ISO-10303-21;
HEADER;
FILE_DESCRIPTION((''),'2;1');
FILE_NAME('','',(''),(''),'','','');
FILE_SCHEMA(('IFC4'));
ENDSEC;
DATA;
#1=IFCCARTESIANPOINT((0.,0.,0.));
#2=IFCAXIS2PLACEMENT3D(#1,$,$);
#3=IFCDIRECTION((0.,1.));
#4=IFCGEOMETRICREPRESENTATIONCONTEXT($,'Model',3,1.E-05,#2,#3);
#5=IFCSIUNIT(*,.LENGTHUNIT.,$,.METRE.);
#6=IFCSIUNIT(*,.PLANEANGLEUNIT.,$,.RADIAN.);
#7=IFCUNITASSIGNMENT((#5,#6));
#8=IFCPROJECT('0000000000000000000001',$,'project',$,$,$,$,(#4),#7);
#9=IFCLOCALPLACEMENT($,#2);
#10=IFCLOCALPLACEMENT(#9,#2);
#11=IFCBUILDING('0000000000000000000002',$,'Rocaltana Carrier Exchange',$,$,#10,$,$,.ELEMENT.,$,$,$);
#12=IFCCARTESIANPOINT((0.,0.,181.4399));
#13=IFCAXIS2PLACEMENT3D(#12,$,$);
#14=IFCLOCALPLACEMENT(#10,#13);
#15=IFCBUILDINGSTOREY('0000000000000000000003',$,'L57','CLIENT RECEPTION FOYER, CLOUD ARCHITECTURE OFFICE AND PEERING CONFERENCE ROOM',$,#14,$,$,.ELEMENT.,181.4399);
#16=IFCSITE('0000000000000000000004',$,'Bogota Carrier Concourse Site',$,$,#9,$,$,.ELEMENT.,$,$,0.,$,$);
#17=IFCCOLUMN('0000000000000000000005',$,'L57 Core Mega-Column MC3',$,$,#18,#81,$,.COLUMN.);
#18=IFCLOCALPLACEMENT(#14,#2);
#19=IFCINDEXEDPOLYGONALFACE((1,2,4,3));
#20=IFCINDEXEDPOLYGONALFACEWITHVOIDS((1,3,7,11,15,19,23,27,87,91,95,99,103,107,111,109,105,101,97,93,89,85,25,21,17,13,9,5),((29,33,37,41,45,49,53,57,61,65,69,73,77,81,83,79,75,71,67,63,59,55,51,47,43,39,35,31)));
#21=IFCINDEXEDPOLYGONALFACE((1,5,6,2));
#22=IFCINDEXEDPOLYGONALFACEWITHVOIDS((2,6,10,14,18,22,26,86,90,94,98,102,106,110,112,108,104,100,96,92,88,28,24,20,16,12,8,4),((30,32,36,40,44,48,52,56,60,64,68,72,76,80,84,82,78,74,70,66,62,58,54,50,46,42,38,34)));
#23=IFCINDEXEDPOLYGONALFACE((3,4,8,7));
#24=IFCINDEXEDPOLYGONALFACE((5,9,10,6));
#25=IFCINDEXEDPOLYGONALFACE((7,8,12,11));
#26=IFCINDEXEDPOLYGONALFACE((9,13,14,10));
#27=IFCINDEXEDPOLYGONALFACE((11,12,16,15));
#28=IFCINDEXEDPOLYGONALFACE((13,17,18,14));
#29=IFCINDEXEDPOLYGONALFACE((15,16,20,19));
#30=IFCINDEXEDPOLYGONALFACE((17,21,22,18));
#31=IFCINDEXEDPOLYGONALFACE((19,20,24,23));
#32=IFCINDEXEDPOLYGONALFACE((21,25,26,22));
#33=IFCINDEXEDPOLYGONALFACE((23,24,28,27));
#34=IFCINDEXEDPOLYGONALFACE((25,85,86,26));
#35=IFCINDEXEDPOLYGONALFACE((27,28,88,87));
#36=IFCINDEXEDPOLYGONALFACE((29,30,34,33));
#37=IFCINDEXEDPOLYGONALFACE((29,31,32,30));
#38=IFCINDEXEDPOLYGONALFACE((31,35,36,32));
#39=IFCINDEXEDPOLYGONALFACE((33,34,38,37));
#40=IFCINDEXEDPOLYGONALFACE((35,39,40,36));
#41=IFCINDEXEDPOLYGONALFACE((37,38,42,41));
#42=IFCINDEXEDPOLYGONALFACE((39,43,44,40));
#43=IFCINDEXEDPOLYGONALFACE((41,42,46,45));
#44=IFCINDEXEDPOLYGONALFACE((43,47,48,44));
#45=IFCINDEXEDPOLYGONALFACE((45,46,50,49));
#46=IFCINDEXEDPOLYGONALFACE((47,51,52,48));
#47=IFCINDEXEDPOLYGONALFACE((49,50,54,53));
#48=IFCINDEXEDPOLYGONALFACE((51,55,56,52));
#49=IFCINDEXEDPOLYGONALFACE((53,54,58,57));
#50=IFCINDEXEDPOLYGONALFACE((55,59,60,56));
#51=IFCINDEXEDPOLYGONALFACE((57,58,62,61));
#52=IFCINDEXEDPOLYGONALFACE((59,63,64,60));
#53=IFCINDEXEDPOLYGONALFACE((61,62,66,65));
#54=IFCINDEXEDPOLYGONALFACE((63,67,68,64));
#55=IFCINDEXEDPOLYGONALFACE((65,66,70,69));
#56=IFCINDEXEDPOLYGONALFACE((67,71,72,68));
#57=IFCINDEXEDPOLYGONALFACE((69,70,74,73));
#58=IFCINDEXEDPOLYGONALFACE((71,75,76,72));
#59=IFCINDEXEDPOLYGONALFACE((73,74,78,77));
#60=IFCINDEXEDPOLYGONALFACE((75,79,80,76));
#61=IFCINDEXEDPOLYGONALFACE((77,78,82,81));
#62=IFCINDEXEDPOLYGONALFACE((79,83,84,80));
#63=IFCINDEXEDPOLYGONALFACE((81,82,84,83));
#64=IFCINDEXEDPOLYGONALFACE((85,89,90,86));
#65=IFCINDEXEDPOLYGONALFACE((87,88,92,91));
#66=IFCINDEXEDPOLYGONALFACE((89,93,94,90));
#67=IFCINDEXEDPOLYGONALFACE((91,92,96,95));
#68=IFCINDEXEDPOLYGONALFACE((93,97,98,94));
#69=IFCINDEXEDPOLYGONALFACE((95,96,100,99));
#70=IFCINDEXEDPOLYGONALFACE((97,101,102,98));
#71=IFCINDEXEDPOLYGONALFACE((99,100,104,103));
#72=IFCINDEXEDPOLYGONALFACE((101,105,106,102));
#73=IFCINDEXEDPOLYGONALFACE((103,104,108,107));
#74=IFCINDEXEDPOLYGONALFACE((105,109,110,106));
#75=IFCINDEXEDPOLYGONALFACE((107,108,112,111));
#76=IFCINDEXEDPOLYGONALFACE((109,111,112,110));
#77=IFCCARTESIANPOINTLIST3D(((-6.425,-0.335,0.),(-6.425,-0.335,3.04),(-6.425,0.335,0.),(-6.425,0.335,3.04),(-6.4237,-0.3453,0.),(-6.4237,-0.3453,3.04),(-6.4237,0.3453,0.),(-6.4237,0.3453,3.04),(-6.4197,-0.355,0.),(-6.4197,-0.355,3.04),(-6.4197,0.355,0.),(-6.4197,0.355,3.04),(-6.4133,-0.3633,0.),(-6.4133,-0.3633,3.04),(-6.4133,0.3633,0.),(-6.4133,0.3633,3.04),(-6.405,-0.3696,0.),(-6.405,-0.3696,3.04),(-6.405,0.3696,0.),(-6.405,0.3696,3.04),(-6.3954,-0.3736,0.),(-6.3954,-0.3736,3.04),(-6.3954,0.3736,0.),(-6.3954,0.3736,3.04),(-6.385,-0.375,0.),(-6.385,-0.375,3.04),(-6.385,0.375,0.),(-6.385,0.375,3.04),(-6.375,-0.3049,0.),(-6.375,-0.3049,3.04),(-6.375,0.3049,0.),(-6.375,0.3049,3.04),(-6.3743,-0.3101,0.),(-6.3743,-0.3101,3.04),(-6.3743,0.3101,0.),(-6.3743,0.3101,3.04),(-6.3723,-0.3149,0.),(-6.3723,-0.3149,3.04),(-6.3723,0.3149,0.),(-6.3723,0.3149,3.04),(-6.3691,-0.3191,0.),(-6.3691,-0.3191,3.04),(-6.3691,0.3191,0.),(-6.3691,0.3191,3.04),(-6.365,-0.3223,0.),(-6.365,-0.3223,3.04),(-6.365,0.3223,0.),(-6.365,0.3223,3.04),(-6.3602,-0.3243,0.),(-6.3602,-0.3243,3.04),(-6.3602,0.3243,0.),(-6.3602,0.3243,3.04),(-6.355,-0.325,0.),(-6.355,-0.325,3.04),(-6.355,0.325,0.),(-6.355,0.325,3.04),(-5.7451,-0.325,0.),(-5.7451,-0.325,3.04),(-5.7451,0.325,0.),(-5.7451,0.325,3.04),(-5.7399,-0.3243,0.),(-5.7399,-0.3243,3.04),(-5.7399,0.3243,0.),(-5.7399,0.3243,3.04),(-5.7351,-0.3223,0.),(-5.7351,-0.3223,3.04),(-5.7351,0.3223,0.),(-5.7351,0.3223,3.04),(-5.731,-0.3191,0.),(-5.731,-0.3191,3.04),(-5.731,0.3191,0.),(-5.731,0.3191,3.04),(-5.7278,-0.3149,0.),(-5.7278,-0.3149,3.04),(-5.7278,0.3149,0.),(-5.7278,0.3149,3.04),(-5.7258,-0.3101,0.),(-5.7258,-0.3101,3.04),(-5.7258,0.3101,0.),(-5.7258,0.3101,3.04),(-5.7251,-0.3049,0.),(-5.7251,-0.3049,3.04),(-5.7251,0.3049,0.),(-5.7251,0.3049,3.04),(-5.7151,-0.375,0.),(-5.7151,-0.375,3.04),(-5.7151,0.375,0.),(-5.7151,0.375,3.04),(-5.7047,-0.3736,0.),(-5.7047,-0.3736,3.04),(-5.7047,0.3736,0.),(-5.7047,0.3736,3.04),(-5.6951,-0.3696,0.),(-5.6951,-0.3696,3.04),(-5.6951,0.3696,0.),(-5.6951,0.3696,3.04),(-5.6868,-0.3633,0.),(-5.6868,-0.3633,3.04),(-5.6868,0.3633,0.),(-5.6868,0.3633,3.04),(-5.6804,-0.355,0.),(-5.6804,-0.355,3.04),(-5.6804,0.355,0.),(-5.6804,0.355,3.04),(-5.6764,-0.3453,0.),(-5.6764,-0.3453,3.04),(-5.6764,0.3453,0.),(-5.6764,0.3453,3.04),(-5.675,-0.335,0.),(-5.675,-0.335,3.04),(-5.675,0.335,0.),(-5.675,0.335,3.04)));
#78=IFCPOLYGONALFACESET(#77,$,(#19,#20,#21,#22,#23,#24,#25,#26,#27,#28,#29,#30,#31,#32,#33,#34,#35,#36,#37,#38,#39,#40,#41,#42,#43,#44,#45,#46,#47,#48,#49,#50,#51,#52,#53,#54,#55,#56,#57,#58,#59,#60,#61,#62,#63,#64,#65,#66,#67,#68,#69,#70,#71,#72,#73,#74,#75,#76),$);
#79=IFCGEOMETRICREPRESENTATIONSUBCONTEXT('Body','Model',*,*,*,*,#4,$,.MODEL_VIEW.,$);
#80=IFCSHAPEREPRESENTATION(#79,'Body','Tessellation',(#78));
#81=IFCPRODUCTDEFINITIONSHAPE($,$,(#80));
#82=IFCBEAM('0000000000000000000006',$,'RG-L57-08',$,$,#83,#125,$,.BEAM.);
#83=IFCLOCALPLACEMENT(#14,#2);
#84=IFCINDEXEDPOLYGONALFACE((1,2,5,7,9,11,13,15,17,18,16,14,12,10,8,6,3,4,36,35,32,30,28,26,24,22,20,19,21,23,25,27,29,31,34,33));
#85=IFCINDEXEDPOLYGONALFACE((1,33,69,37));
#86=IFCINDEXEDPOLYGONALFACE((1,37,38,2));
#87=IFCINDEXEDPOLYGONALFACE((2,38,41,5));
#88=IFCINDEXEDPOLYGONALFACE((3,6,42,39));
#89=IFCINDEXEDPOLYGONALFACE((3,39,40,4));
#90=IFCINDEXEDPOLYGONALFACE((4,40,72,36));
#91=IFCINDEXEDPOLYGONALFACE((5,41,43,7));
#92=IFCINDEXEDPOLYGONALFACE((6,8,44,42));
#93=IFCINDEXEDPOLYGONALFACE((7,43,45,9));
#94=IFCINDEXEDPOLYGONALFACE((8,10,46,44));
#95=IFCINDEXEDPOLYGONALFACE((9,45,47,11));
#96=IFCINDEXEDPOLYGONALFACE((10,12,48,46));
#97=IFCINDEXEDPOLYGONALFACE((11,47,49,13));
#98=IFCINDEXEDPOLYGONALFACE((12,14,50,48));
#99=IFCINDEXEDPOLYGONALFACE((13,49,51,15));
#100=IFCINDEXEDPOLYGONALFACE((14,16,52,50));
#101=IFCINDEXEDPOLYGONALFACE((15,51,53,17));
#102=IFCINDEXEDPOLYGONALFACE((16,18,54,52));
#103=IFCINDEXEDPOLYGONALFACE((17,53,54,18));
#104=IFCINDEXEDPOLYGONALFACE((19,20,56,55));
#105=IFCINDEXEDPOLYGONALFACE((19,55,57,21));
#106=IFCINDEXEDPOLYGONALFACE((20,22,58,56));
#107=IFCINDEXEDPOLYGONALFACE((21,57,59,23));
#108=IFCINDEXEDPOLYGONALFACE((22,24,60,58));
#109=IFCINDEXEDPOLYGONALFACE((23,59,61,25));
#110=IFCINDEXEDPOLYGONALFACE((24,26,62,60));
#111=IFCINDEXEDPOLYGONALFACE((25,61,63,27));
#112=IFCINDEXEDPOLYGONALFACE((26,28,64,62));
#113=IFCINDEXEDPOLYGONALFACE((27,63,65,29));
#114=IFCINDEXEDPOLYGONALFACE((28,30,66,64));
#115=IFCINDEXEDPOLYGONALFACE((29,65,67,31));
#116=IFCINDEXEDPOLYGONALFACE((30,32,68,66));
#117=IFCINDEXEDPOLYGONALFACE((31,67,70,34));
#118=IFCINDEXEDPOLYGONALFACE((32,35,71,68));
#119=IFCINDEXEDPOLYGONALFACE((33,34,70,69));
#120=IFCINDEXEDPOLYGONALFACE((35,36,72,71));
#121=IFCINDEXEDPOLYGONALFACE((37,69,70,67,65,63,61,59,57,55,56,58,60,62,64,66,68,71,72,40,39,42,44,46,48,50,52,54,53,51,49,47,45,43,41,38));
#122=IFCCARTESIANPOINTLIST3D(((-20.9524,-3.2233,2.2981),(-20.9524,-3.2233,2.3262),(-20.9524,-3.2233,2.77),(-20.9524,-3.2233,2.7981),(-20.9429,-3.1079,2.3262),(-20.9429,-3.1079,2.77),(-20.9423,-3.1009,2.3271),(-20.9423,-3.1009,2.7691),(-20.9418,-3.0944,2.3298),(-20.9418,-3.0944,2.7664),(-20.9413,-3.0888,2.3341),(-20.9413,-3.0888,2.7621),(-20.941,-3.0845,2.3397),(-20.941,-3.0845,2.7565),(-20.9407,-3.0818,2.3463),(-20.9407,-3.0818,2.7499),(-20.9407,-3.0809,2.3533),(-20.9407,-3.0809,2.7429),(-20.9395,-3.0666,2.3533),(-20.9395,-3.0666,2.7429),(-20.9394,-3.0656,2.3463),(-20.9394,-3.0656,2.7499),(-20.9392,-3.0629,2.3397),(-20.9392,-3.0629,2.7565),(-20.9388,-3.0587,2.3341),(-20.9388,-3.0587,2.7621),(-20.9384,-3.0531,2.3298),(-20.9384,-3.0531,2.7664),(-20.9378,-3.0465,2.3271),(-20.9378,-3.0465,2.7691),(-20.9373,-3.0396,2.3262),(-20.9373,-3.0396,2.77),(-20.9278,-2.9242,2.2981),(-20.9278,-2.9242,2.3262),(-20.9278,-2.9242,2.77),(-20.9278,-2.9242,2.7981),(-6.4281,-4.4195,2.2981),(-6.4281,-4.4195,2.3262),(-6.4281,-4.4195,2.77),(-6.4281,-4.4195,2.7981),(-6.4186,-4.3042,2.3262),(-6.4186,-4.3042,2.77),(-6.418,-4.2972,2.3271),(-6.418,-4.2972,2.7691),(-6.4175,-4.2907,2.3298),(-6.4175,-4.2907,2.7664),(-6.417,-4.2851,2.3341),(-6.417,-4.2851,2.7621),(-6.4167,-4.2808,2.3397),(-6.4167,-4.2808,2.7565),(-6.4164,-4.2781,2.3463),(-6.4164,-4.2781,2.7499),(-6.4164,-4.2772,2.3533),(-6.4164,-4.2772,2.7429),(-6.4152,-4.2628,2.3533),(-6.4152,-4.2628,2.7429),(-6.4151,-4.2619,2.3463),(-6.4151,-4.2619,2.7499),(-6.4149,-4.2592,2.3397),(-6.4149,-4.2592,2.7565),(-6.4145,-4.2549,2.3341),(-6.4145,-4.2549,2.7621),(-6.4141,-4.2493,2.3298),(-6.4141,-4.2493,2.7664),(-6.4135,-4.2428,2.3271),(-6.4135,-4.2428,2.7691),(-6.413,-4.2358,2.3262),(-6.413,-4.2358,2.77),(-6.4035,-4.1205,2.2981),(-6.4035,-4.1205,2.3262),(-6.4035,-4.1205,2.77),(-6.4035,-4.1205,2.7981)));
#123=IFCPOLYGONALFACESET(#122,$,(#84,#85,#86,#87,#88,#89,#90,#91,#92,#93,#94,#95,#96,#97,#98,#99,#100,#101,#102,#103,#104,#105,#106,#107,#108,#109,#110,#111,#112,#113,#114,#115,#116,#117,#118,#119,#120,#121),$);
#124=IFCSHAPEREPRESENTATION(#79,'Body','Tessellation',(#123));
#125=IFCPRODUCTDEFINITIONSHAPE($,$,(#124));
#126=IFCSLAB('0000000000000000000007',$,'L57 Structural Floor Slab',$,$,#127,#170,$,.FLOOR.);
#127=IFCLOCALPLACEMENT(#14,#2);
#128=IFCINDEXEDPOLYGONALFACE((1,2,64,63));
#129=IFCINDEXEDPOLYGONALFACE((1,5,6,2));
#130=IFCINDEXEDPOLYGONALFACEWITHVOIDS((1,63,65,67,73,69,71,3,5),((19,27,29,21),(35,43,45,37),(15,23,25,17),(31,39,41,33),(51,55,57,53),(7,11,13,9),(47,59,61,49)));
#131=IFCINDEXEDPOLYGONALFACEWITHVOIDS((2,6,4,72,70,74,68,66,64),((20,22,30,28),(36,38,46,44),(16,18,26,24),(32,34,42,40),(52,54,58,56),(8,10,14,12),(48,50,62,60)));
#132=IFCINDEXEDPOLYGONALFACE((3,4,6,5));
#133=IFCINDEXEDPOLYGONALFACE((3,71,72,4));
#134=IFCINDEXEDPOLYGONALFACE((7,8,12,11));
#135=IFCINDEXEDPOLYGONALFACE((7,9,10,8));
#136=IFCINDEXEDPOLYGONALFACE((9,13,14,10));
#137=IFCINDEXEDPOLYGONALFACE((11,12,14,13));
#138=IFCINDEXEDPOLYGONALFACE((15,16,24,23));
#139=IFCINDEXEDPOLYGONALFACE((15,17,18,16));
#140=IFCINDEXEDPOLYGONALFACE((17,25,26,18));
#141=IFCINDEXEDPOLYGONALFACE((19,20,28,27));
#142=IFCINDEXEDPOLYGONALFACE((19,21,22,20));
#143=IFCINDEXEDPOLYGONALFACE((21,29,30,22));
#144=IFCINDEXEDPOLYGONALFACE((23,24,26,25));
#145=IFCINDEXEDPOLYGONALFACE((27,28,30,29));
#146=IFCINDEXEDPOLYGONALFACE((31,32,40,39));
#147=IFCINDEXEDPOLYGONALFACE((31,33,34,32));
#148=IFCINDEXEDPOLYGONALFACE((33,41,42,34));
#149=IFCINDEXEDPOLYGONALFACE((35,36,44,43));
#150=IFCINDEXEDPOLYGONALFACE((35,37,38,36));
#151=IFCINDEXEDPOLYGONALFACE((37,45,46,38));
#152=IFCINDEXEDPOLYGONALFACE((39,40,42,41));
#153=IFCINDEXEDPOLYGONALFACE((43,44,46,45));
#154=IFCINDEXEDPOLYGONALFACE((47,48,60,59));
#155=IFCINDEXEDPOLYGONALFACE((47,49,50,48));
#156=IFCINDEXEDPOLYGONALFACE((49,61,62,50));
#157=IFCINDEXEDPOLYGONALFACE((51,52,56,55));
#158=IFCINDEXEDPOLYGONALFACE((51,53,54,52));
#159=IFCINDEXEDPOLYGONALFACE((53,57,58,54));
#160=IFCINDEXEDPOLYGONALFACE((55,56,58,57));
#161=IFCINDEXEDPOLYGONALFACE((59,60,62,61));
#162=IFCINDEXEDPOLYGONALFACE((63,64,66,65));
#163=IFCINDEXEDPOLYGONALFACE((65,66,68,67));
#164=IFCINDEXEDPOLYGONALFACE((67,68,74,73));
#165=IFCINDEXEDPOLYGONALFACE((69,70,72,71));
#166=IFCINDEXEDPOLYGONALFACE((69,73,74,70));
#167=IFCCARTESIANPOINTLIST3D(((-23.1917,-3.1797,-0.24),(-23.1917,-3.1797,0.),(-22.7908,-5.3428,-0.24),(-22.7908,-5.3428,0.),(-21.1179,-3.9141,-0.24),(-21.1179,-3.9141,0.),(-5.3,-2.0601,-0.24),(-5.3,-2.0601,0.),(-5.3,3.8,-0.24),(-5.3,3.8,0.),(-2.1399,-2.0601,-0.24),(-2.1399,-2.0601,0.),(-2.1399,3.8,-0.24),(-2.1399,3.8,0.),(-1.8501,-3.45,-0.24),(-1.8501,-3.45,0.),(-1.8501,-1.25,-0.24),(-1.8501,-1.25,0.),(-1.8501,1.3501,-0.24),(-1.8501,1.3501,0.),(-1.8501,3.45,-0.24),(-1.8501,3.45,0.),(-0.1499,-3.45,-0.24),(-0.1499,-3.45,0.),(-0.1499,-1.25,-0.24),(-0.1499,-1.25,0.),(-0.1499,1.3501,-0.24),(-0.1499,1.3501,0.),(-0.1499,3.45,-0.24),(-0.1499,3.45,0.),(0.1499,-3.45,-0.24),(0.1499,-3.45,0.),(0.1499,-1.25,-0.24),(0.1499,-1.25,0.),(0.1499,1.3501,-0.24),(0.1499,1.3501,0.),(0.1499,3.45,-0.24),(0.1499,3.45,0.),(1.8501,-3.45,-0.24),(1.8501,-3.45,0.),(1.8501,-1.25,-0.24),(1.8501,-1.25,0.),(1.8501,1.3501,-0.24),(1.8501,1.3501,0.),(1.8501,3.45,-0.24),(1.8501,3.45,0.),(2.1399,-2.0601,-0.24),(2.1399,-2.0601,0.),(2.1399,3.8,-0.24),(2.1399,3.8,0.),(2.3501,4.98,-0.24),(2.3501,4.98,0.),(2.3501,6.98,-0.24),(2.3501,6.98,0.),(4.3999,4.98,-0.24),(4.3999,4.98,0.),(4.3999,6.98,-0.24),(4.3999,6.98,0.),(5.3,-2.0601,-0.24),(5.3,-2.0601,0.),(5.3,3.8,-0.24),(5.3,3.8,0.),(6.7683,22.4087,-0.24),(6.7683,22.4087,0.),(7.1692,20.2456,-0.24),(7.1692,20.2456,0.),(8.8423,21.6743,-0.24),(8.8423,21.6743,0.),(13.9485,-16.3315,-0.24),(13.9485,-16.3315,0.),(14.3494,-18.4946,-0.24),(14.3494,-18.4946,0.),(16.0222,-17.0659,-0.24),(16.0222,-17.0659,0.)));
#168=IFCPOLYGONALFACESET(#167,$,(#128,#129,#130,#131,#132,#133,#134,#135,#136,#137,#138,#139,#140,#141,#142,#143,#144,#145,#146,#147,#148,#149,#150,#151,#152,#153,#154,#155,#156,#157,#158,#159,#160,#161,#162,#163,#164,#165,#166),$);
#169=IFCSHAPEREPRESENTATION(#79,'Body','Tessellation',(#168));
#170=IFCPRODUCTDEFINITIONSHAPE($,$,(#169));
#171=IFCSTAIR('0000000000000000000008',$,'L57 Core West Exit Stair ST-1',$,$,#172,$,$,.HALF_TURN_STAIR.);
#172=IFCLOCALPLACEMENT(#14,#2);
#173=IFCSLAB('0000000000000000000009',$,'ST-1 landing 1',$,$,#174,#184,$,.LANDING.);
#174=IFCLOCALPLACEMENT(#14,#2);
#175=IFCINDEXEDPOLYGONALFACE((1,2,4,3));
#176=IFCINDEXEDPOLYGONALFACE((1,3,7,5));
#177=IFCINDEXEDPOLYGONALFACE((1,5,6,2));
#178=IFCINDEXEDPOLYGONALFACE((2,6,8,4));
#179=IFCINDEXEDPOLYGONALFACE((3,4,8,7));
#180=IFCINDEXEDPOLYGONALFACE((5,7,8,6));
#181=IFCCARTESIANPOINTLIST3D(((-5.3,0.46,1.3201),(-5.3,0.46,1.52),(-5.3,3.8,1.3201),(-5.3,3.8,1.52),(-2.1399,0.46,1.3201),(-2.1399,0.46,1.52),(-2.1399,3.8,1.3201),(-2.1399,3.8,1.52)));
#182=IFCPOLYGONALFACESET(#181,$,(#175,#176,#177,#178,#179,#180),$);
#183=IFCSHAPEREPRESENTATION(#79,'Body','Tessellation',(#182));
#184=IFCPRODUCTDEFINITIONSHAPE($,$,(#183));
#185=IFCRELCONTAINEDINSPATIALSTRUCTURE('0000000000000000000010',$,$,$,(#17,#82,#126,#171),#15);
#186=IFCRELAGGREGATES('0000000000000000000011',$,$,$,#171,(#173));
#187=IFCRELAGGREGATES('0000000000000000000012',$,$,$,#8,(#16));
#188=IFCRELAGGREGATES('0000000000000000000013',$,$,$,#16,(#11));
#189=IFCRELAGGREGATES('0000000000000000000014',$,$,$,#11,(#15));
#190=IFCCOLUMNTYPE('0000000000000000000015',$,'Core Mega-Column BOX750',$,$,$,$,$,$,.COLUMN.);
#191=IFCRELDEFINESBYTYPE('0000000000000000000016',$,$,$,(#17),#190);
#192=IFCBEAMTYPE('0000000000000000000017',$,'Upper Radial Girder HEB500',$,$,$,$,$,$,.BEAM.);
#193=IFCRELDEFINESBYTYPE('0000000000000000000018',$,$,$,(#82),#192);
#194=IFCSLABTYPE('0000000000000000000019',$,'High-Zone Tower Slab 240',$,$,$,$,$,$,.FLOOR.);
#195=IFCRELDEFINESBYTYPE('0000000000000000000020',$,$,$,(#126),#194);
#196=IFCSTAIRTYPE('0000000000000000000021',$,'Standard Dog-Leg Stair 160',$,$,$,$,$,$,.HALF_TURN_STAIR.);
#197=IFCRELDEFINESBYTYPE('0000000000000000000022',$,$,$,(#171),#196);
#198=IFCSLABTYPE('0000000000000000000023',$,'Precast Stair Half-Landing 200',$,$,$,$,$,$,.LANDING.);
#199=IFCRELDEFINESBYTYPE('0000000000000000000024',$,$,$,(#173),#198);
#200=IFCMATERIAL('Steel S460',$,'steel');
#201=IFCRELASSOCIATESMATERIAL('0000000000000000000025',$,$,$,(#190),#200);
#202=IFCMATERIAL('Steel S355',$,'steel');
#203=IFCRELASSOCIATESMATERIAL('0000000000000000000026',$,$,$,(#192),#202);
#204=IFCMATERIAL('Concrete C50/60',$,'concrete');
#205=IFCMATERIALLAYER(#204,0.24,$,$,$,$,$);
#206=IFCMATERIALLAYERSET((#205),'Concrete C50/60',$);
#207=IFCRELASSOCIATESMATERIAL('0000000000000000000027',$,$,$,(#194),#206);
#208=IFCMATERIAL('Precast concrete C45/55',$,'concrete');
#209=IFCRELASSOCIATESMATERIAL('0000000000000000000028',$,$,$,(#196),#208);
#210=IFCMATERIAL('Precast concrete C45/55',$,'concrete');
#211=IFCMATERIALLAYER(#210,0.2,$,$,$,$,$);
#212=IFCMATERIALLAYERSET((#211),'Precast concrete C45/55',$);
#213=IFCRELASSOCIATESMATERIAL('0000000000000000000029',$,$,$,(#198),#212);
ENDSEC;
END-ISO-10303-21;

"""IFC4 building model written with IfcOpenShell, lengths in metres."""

from ifc_helpers import new_model, si_unit, direction, frame, origin, origin_2d, place, context, subcontext, project, spatial, polyline, hollow_rectangle, i_section, outline, extrude, material, layer, layer_set, material_profile, profile_set, type_object, element, aggregate, save


model = new_model("IFC4")

# Units and contexts
model_context = context("Model", 3, precision=1e-05, world=origin(), true_north=direction((0.0, 1.0)))
body_context = subcontext(model_context, "Body", "Model", "MODEL_VIEW")
ifc_project = project(units=[si_unit("LENGTHUNIT", "METRE"), si_unit("PLANEANGLEUNIT", "RADIAN")], contexts=[model_context])

# Site, building, storey
site_placement = place(None, origin())
site = spatial("IfcSite", under=ifc_project, at=site_placement, Name="Bogota Carrier Concourse Site", CompositionType="ELEMENT", RefElevation=0.0)
building_placement = place(site_placement, origin())
building = spatial("IfcBuilding", under=site, at=building_placement, Name="Rocaltana Carrier Exchange", CompositionType="ELEMENT")
storey_placement = place(building_placement, frame((0.0, 0.0, 181.4399)))
storey = spatial("IfcBuildingStorey", under=building, at=storey_placement, Name="L57", Description="CLIENT RECEPTION FOYER, CLOUD ARCHITECTURE OFFICE AND PEERING CONFERENCE ROOM", CompositionType="ELEMENT", Elevation=181.4399)

# Column
ifc_material_1 = material(Name="Steel S460", Category="steel")
ifc_material_profile_1 = material_profile(ifc_material_1, hollow_rectangle(XDim=0.75, YDim=0.75, WallThickness=0.05, InnerFilletRadius=0.02, OuterFilletRadius=0.04, at=origin_2d()), Name="BOX750X750X50")
ifc_profile_set_1 = profile_set([ifc_material_profile_1], Name="Steel S460")
column_type = type_object("IfcColumnType", Name="Core Mega-Column BOX750", PredefinedType="COLUMN", material=ifc_profile_set_1)
column_placement = place(storey_placement, frame((-6.05, 0.0, 0.0), z_axis=(0.0, 0.0, 1.0), x_axis=(1.0, 0.0, 0.0)))
element("IfcColumn", 1, at=column_placement, inside=storey, type_object=column_type, Name="L57 Core Mega-Column MC3", PredefinedType="COLUMN", context=body_context, shape_type="SweptSolid", body=[
    extrude(hollow_rectangle(XDim=0.75, YDim=0.75, WallThickness=0.05, InnerFilletRadius=0.02, OuterFilletRadius=0.04, at=origin_2d()), origin(), (0.0, 0.0, 1.0), 3.04),
])

# Beam
ifc_material_2 = material(Name="Steel S355", Category="steel")
ifc_material_profile_2 = material_profile(ifc_material_2, i_section(OverallWidth=0.3, OverallDepth=0.5, WebThickness=0.0144, FlangeThickness=0.0281, FilletRadius=0.0271, at=origin_2d()), Name="HEB500")
ifc_profile_set_2 = profile_set([ifc_material_profile_2], Name="Steel S355")
beam_type = type_object("IfcBeamType", Name="Upper Radial Girder HEB500", PredefinedType="BEAM", material=ifc_profile_set_2)
beam_placement = place(storey_placement, frame((-6.4158, -4.27, 2.5481), z_axis=(-0.996625, 0.082086, 0.0), x_axis=(-0.082086, -0.996625, 0.0)))
element("IfcBeam", 2, at=beam_placement, inside=storey, type_object=beam_type, Name="RG-L57-08", PredefinedType="BEAM", context=body_context, shape_type="SweptSolid", body=[
    extrude(i_section(OverallWidth=0.3, OverallDepth=0.5, WebThickness=0.0144, FlangeThickness=0.0281, FilletRadius=0.0271, at=origin_2d()), origin(), (0.0, 0.0, 1.0), 14.5735),
])

# Slab
ifc_material_3 = material(Name="Concrete C50/60", Category="concrete")
ifc_layer_1 = layer(ifc_material_3, 0.24)
ifc_layer_set_1 = layer_set([ifc_layer_1], Name="Concrete C50/60")
slab_type_1 = type_object("IfcSlabType", Name="High-Zone Tower Slab 240", PredefinedType="FLOOR", material=ifc_layer_set_1)
slab_1_placement = place(storey_placement, frame((0.0, 0.0, -0.24)))
element("IfcSlab", 3, at=slab_1_placement, inside=storey, type_object=slab_type_1, Name="L57 Structural Floor Slab", PredefinedType="FLOOR", context=body_context, shape_type="SweptSolid", body=[
    extrude(outline(polyline([(14.3494, -18.4946), (13.9485, -16.3315), (16.0222, -17.0659), (8.8423, 21.6743), (7.1692, 20.2456), (6.7683, 22.4087), (-23.1917, -3.1797), (-21.1179, -3.9141), (-22.7908, -5.3428), (14.3494, -18.4946)]), holes=[polyline([(-5.3, -2.0601), (-2.1399, -2.0601), (-2.1399, 3.8), (-5.3, 3.8), (-5.3, -2.0601)]), polyline([(2.1399, -2.0601), (5.3, -2.0601), (5.3, 3.8), (2.1399, 3.8), (2.1399, -2.0601)]), polyline([(-1.8501, -3.45), (-0.1499, -3.45), (-0.1499, -1.25), (-1.8501, -1.25), (-1.8501, -3.45)]), polyline([(0.1499, -3.45), (1.8501, -3.45), (1.8501, -1.25), (0.1499, -1.25), (0.1499, -3.45)]), polyline([(2.3501, 4.98), (4.3999, 4.98), (4.3999, 6.98), (2.3501, 6.98), (2.3501, 4.98)]), polyline([(-1.8501, 1.3501), (-0.1499, 1.3501), (-0.1499, 3.45), (-1.8501, 3.45), (-1.8501, 1.3501)]), polyline([(0.1499, 1.3501), (1.8501, 1.3501), (1.8501, 3.45), (0.1499, 3.45), (0.1499, 1.3501)])]), origin(), (0.0, 0.0, 1.0), 0.24),
])

# Stair, slab
ifc_material_4 = material(Name="Precast concrete C45/55", Category="concrete")
stair_type = type_object("IfcStairType", Name="Standard Dog-Leg Stair 160", PredefinedType="HALF_TURN_STAIR", material=ifc_material_4)
stair_1_placement = place(storey_placement, origin())
stair_1 = element("IfcStair", 4, at=stair_1_placement, inside=storey, type_object=stair_type, Name="L57 Core West Exit Stair ST-1", PredefinedType="HALF_TURN_STAIR")
ifc_material_5 = material(Name="Precast concrete C45/55", Category="concrete")
ifc_layer_2 = layer(ifc_material_5, 0.2)
ifc_layer_set_2 = layer_set([ifc_layer_2], Name="Precast concrete C45/55")
slab_type_2 = type_object("IfcSlabType", Name="Precast Stair Half-Landing 200", PredefinedType="LANDING", material=ifc_layer_set_2)
slab_2_placement = place(storey_placement, frame((0.0, 0.0, 1.3201)))
slab_2 = element("IfcSlab", 5, at=slab_2_placement, type_object=slab_type_2, Name="ST-1 landing 1", PredefinedType="LANDING", context=body_context, shape_type="SweptSolid", body=[
    extrude(outline(polyline([(-2.1399, 0.46), (-2.1399, 3.8), (-5.3, 3.8), (-5.3, 0.46), (-2.1399, 0.46)])), origin(), (0.0, 0.0, 1.0), 0.2),
])

aggregate(stair_1, [slab_2])

save(model, "model.ifc")
